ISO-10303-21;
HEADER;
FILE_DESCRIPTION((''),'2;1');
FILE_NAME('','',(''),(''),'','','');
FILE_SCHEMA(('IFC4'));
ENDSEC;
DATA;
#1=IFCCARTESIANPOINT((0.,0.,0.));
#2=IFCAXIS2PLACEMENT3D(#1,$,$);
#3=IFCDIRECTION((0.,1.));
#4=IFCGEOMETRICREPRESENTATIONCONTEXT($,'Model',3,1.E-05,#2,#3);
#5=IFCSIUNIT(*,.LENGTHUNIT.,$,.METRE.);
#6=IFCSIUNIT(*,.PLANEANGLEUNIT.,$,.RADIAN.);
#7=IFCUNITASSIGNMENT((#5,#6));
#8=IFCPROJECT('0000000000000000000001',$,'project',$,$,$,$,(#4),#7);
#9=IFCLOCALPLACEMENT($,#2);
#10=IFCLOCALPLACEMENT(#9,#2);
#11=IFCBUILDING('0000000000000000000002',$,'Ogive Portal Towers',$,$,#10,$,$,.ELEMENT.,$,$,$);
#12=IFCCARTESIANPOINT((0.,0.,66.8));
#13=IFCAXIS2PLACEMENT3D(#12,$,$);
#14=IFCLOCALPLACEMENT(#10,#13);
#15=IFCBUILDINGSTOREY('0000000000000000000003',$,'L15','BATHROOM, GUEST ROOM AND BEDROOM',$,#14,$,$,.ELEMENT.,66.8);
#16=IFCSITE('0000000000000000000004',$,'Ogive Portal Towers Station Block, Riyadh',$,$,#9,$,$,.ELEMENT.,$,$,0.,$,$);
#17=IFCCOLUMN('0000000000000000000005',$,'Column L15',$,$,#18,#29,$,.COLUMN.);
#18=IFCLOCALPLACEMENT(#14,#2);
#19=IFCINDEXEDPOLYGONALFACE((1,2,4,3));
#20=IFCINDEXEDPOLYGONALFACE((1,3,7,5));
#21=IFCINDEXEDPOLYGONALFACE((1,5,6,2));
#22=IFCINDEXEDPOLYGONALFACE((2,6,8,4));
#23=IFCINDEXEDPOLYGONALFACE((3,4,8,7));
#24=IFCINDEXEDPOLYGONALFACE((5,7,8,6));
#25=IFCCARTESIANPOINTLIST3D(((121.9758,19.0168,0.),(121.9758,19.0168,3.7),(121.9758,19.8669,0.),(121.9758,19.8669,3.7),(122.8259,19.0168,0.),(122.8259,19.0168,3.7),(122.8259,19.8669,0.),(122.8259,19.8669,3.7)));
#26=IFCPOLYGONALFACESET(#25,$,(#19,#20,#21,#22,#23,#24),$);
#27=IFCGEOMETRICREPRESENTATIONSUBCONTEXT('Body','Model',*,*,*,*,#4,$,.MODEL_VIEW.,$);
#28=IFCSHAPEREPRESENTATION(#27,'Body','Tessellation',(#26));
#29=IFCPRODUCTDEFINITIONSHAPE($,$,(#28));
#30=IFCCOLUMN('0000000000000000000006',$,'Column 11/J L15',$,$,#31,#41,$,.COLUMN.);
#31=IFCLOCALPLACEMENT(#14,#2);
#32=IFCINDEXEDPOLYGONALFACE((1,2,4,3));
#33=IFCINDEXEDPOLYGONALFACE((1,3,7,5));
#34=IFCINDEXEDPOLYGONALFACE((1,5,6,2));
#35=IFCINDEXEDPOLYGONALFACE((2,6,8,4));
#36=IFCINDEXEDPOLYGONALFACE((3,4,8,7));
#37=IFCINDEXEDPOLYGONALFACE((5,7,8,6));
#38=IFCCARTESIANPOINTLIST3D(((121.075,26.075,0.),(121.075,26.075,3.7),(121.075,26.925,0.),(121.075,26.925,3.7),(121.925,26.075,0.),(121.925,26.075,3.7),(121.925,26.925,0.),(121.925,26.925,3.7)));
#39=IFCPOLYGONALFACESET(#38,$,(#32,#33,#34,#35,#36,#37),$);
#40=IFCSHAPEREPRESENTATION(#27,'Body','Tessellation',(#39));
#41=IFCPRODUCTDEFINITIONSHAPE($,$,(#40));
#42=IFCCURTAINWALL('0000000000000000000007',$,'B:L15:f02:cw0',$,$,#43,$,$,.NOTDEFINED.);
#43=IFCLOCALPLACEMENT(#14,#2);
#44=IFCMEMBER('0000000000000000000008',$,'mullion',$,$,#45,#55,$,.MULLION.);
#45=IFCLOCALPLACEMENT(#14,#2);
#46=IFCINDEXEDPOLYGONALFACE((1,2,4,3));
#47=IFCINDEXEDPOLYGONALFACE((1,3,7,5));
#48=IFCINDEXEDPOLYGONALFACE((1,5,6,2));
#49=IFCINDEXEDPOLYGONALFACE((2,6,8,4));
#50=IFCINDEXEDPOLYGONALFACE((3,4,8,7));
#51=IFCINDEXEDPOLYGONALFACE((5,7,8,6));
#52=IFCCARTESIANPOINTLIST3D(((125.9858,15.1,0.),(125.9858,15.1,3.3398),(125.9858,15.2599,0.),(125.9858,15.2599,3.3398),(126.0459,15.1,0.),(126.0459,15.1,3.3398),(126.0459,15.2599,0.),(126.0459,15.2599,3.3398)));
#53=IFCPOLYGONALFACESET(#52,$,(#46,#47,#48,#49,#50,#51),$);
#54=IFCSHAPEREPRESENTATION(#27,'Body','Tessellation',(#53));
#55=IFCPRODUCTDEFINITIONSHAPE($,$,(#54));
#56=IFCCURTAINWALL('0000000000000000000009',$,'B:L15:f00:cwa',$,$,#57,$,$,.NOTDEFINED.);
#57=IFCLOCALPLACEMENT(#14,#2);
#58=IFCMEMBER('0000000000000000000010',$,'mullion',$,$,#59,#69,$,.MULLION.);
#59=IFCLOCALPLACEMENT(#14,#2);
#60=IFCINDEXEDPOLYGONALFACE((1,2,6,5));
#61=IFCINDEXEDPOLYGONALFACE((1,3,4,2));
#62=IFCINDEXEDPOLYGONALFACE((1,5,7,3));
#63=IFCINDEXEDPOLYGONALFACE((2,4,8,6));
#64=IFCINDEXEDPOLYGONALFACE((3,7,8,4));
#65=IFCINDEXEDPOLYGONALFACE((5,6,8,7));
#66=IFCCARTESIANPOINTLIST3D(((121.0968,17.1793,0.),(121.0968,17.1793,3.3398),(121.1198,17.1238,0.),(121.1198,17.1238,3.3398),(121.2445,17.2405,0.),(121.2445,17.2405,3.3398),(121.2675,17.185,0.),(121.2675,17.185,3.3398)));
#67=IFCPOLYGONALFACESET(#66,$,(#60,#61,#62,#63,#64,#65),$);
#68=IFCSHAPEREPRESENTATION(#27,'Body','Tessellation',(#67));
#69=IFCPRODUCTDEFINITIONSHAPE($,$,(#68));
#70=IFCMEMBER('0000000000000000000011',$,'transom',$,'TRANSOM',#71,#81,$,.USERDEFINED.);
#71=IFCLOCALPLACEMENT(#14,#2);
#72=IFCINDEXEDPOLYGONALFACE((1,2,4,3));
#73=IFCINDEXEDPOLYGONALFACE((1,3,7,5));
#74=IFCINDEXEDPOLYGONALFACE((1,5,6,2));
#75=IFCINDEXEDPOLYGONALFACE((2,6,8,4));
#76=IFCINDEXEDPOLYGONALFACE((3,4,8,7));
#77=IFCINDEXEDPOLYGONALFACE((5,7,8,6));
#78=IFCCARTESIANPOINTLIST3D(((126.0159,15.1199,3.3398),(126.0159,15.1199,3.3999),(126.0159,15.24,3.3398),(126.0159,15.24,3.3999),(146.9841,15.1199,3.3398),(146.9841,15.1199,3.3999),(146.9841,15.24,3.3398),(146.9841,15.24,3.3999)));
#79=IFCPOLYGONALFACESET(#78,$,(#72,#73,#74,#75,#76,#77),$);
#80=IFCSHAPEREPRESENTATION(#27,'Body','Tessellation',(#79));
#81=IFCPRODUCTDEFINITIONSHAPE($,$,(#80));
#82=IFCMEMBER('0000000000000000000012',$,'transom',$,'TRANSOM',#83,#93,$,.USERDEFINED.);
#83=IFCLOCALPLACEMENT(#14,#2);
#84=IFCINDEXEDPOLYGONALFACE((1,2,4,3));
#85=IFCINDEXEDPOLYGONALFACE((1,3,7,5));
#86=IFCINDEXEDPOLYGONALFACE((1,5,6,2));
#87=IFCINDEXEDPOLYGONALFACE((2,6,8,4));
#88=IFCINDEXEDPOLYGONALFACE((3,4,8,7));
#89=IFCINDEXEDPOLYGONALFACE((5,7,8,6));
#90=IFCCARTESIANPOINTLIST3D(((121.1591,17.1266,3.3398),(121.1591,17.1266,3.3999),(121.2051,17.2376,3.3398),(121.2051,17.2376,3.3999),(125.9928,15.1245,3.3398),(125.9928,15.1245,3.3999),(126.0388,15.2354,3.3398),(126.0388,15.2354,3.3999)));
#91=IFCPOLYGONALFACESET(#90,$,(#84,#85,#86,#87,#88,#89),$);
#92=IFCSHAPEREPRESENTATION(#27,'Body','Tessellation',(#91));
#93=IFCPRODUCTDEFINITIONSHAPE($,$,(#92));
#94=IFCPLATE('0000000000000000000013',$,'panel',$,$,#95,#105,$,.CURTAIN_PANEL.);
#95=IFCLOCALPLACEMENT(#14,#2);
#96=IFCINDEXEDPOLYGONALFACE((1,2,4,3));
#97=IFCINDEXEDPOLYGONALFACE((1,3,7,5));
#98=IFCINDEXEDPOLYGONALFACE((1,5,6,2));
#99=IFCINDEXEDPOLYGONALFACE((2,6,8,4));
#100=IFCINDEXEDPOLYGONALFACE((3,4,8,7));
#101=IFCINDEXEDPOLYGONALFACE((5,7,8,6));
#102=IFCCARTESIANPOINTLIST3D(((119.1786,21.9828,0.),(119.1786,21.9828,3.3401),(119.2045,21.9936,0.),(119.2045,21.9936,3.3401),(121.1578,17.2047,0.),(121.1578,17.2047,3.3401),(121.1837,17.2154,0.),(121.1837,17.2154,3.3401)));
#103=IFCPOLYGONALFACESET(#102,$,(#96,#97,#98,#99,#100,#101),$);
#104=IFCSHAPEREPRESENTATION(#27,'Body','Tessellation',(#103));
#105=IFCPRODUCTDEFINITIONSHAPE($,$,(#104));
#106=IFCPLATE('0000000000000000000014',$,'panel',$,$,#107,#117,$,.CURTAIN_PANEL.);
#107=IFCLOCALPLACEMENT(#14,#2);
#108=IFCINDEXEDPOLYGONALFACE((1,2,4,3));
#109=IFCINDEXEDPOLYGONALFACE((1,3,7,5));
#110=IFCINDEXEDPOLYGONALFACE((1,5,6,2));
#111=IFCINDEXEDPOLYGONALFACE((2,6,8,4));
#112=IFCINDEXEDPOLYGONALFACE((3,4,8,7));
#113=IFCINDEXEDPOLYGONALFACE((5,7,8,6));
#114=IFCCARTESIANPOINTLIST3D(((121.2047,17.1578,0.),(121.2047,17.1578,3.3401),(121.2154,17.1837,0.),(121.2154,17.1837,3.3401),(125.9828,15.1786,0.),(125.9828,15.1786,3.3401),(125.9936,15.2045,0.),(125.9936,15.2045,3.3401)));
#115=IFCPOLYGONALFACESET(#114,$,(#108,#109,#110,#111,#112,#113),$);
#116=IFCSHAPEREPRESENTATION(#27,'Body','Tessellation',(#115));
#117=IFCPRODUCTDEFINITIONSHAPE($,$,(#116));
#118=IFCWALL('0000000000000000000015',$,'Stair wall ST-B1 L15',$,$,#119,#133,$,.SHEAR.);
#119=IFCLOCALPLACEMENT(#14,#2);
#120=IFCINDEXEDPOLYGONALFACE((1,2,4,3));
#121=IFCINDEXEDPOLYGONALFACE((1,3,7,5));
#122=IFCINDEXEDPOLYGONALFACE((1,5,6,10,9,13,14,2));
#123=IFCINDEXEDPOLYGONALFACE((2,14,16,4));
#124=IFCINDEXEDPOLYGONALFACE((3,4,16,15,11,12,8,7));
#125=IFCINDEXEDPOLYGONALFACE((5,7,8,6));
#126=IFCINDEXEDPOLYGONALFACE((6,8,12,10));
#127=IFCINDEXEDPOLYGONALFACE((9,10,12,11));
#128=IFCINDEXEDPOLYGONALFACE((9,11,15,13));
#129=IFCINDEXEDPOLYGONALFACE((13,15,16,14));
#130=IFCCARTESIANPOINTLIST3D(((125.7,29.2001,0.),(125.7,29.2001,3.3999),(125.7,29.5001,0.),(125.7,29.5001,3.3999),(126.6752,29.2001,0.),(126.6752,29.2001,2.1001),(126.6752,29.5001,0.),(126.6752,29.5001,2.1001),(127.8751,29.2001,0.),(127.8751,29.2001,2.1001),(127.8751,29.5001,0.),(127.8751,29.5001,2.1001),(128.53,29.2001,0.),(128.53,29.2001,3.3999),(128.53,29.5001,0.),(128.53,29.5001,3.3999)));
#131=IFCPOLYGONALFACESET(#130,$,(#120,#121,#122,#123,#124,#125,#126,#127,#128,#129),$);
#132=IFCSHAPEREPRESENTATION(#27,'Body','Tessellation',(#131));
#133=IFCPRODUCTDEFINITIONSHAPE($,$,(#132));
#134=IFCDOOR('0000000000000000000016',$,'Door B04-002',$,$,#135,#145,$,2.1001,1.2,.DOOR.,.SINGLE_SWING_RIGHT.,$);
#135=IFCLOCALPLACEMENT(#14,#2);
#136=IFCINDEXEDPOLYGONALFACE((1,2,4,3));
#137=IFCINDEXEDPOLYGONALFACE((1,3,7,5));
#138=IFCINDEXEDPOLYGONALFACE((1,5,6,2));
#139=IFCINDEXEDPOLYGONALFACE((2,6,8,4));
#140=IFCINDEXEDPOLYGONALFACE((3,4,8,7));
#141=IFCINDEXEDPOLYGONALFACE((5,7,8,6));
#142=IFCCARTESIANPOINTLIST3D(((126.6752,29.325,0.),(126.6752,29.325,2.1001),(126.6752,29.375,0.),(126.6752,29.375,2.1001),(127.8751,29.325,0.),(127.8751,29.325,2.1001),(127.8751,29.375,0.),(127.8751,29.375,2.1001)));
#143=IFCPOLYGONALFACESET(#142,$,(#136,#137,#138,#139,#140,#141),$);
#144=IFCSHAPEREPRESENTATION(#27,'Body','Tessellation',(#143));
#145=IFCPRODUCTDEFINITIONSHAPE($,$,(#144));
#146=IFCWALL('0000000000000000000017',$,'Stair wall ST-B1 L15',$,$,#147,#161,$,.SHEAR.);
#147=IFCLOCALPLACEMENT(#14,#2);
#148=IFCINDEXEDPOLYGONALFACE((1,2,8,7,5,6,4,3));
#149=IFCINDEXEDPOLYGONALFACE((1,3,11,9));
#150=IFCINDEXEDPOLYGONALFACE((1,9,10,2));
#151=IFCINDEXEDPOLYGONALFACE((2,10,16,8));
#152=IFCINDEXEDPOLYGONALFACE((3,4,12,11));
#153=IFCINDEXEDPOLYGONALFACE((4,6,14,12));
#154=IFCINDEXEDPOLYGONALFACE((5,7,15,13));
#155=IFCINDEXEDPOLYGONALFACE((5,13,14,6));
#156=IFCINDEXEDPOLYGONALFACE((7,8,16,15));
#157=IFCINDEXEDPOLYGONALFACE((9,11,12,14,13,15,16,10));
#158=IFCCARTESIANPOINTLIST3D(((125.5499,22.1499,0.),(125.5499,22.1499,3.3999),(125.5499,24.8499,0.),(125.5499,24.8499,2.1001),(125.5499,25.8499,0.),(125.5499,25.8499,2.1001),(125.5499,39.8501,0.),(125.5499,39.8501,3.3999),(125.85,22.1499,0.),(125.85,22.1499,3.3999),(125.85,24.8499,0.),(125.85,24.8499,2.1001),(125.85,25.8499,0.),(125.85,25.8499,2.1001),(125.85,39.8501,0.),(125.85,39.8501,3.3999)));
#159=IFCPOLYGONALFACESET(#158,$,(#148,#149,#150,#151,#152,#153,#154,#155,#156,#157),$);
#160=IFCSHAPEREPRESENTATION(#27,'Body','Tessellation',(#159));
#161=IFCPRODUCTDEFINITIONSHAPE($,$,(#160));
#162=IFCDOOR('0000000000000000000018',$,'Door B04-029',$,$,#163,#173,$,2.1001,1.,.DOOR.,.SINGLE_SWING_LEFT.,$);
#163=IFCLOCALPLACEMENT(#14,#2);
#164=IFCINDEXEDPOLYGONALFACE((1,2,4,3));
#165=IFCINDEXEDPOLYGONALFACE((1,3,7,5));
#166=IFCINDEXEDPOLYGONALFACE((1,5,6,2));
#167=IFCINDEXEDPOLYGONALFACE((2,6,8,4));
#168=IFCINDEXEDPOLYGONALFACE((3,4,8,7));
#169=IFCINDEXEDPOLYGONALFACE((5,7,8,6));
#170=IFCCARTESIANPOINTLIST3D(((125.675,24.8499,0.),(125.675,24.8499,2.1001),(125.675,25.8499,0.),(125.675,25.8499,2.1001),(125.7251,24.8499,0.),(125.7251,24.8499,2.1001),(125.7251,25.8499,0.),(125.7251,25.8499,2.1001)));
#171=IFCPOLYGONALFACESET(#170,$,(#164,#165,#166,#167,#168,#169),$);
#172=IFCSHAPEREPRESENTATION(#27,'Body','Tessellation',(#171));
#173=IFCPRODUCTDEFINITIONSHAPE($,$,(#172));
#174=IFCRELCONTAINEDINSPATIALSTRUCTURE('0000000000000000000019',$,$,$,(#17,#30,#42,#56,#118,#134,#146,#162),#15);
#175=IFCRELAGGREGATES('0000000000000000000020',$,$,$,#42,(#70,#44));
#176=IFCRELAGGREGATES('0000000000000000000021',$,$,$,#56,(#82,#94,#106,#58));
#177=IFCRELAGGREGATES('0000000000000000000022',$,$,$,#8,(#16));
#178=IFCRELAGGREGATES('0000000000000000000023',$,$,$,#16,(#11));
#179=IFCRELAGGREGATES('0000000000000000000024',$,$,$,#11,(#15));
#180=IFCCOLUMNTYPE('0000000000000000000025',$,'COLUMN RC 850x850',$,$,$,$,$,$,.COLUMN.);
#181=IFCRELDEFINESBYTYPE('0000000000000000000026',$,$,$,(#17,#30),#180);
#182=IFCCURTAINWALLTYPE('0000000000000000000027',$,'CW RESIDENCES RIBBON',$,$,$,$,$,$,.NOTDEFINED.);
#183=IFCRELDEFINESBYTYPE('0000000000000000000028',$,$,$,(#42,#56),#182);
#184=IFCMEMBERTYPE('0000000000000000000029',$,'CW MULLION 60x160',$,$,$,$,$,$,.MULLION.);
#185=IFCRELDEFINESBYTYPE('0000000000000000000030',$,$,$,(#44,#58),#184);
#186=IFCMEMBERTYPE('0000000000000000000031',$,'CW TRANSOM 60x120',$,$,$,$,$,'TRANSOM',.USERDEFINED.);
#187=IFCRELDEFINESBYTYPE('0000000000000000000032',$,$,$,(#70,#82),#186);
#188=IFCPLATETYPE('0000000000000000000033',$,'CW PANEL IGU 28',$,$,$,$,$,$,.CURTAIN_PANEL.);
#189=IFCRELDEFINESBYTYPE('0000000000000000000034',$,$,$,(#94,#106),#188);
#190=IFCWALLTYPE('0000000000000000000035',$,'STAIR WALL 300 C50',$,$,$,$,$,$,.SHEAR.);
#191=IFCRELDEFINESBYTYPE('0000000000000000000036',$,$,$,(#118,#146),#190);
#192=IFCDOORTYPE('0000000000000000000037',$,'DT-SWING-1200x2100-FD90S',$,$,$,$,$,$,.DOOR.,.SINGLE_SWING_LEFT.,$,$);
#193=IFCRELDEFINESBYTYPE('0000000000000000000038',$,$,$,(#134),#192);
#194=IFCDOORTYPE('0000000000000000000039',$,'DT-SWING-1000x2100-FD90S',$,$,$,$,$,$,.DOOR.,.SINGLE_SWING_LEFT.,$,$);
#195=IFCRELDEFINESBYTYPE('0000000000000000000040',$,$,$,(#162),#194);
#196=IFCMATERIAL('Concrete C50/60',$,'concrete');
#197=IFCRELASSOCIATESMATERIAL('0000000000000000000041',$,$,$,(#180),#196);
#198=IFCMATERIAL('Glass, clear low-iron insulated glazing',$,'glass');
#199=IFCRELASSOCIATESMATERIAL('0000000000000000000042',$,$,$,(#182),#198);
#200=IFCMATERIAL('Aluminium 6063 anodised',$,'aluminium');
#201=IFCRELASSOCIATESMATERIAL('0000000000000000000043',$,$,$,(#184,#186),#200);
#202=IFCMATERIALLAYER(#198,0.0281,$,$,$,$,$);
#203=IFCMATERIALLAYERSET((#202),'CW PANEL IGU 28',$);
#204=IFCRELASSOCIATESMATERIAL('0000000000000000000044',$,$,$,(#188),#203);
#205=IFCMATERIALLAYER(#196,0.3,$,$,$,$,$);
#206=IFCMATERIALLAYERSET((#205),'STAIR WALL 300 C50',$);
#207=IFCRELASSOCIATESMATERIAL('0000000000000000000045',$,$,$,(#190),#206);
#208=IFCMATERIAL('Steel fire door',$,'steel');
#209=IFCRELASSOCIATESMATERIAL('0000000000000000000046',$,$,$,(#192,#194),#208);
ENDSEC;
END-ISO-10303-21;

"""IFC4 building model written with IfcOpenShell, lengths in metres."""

from ifc_helpers import new_model, si_unit, direction, frame, frame_2d, origin, origin_2d, place, context, subcontext, project, spatial, rectangle, extrude, material, layer, layer_set, material_profile, profile_set, type_object, element, fill, aggregate, save


model = new_model("IFC4")

# Units and contexts
model_context = context("Model", 3, precision=1e-05, world=origin(), true_north=direction((0.0, 1.0)))
body_context = subcontext(model_context, "Body", "Model", "MODEL_VIEW")
ifc_project = project(units=[si_unit("LENGTHUNIT", "METRE"), si_unit("PLANEANGLEUNIT", "RADIAN")], contexts=[model_context])

# Site, building, storey
site_placement = place(None, origin())
site = spatial("IfcSite", under=ifc_project, at=site_placement, Name="Ogive Portal Towers Station Block, Riyadh", CompositionType="ELEMENT", RefElevation=0.0)
building_placement = place(site_placement, origin())
building = spatial("IfcBuilding", under=site, at=building_placement, Name="Ogive Portal Towers", CompositionType="ELEMENT")
storey_placement = place(building_placement, frame((0.0, 0.0, 66.8)))
storey = spatial("IfcBuildingStorey", under=building, at=storey_placement, Name="L15", Description="BATHROOM, GUEST ROOM AND BEDROOM", CompositionType="ELEMENT", Elevation=66.8)

# Columns
ifc_material_1 = material(Name="Concrete C50/60", Category="concrete")
ifc_material_profile_1 = material_profile(ifc_material_1, rectangle(XDim=0.8501, YDim=0.8501, at=origin_2d()), Name="RC 850x850")
ifc_profile_set_1 = profile_set([ifc_material_profile_1], Name="Concrete C50/60")
column_type = type_object("IfcColumnType", Name="COLUMN RC 850x850", PredefinedType="COLUMN", material=ifc_profile_set_1)
for number, where, z_axis, x_axis, name in (
    (1, (122.4009, 19.4419, 0.0), (0.0, 0.0, 1.0), (1.0, 0.0, 0.0), "Column L15"),
    (2, (121.5, 26.5, 0.0), (0.0, 0.0, 1.0), (1.0, 0.0, 0.0), "Column 11/J L15"),
):
    element("IfcColumn", number, at=place(storey_placement, frame(where, z_axis=z_axis, x_axis=x_axis)), inside=storey, type_object=column_type, Name=name, PredefinedType="COLUMN", context=body_context, shape_type="SweptSolid", body=[
        extrude(rectangle(XDim=0.8501, YDim=0.8501, at=origin_2d()), origin(), (0.0, 0.0, 1.0), 3.7),
    ])

# Curtain walls, members
ifc_material_2 = material(Name="Glass, clear low-iron insulated glazing", Category="glass")
curtain_wall_type = type_object("IfcCurtainWallType", Name="CW RESIDENCES RIBBON", PredefinedType="NOTDEFINED", material=ifc_material_2)
curtain_wall_1_placement = place(storey_placement, origin())
curtain_wall_1 = element("IfcCurtainWall", 3, at=curtain_wall_1_placement, inside=storey, type_object=curtain_wall_type, Name="B:L15:f02:cw0", PredefinedType="NOTDEFINED")
ifc_material_3 = material(Name="Aluminium 6063 anodised", Category="aluminium")
ifc_material_profile_2 = material_profile(ifc_material_3, rectangle(XDim=0.1599, YDim=0.0601, at=origin_2d()), Name="AL 60x160")
ifc_profile_set_2 = profile_set([ifc_material_profile_2], Name="Aluminium 6063 anodised")
member_type_1 = type_object("IfcMemberType", Name="CW MULLION 60x160", PredefinedType="MULLION", material=ifc_profile_set_2)
member_1_placement = place(storey_placement, frame((126.0159, 15.1799, 0.0), z_axis=(0.0, 0.0, 1.0), x_axis=(0.0, 1.0, 0.0)))
member_1 = element("IfcMember", 4, at=member_1_placement, type_object=member_type_1, Name="mullion", PredefinedType="MULLION", context=body_context, shape_type="SweptSolid", body=[
    extrude(rectangle(XDim=0.1599, YDim=0.0601, at=origin_2d()), origin(), (0.0, 0.0, 1.0), 3.3398),
])
curtain_wall_2_placement = place(storey_placement, origin())
curtain_wall_2 = element("IfcCurtainWall", 5, at=curtain_wall_2_placement, inside=storey, type_object=curtain_wall_type, Name="B:L15:f00:cwa", PredefinedType="NOTDEFINED")
member_2_placement = place(storey_placement, frame((121.1821, 17.1821, 0.0), z_axis=(0.0, 0.0, 1.0), x_axis=(0.92388, 0.382683, 0.0)))
member_2 = element("IfcMember", 6, at=member_2_placement, type_object=member_type_1, Name="mullion", PredefinedType="MULLION", context=body_context, shape_type="SweptSolid", body=[
    extrude(rectangle(XDim=0.1599, YDim=0.0601, at=origin_2d()), origin(), (0.0, 0.0, 1.0), 3.3398),
])

# Members
ifc_material_profile_3 = material_profile(ifc_material_3, rectangle(XDim=0.1201, YDim=0.0601, at=origin_2d()), Name="AL 120x60")
ifc_profile_set_3 = profile_set([ifc_material_profile_3], Name="Aluminium 6063 anodised")
member_type_2 = type_object("IfcMemberType", Name="CW TRANSOM 60x120", ElementType="TRANSOM", PredefinedType="USERDEFINED", material=ifc_profile_set_3)
member_3_placement = place(storey_placement, frame((126.0159, 15.1799, 3.3699), z_axis=(1.0, 0.0, 0.0), x_axis=(0.0, 1.0, 0.0)))
member_3 = element("IfcMember", 7, at=member_3_placement, type_object=member_type_2, Name="transom", ObjectType="TRANSOM", PredefinedType="USERDEFINED", context=body_context, shape_type="SweptSolid", body=[
    extrude(rectangle(XDim=0.1201, YDim=0.0601, at=origin_2d()), origin(), (0.0, 0.0, 1.0), 20.9683),
])
aggregate(curtain_wall_1, [member_3, member_1])
member_4_placement = place(storey_placement, frame((121.1821, 17.1821, 3.3699), z_axis=(0.92388, -0.382683, 0.0), x_axis=(0.382683, 0.92388, 0.0)))
member_4 = element("IfcMember", 8, at=member_4_placement, type_object=member_type_2, Name="transom", ObjectType="TRANSOM", PredefinedType="USERDEFINED", context=body_context, shape_type="SweptSolid", body=[
    extrude(rectangle(XDim=0.1201, YDim=0.0601, at=origin_2d()), origin(), (0.0, 0.0, 1.0), 5.2319),
])

# Plates
ifc_layer_1 = layer(ifc_material_2, 0.0281)
ifc_layer_set_1 = layer_set([ifc_layer_1], Name="CW PANEL IGU 28")
plate_type = type_object("IfcPlateType", Name="CW PANEL IGU 28", PredefinedType="CURTAIN_PANEL", material=ifc_layer_set_1)
plate_1_placement = place(storey_placement, frame((120.1812, 19.5991, 0.0), z_axis=(0.0, 0.0, 1.0), x_axis=(0.382683, -0.92388, 0.0)))
plate_1 = element("IfcPlate", 9, at=plate_1_placement, type_object=plate_type, Name="panel", PredefinedType="CURTAIN_PANEL", context=body_context, shape_type="SweptSolid", body=[
    extrude(rectangle(XDim=5.1719, YDim=0.0281, at=origin_2d()), origin(), (0.0, 0.0, 1.0), 3.3401),
])
plate_2_placement = place(storey_placement, frame((123.5991, 16.1812, 0.0), z_axis=(0.0, 0.0, 1.0), x_axis=(0.92388, -0.382683, 0.0)))
plate_2 = element("IfcPlate", 10, at=plate_2_placement, type_object=plate_type, Name="panel", PredefinedType="CURTAIN_PANEL", context=body_context, shape_type="SweptSolid", body=[
    extrude(rectangle(XDim=5.1719, YDim=0.0281, at=origin_2d()), origin(), (0.0, 0.0, 1.0), 3.3401),
])
aggregate(curtain_wall_2, [member_4, plate_1, plate_2, member_2])

# Walls, openings, doors
ifc_layer_2 = layer(ifc_material_1, 0.3)
ifc_layer_set_2 = layer_set([ifc_layer_2], Name="STAIR WALL 300 C50")
wall_type_1 = type_object("IfcWallType", Name="STAIR WALL 300 C50", PredefinedType="SHEAR", material=ifc_layer_set_2)
wall_1_placement = place(storey_placement, frame((125.7, 29.3501, 0.0), z_axis=(0.0, 0.0, 1.0), x_axis=(1.0, 0.0, 0.0)))
wall_1 = element("IfcWall", 11, at=wall_1_placement, inside=storey, type_object=wall_type_1, Name="Stair wall ST-B1 L15", PredefinedType="SHEAR", context=body_context, shape_type="SweptSolid", body=[
    extrude(rectangle(XDim=2.8301, YDim=0.3, at=frame_2d((1.415, 0.0))), origin(), (0.0, 0.0, 1.0), 3.3999),
])
opening_1_placement = place(wall_1_placement, frame((0.9751, 0.0, 0.0)))
opening_1 = element("IfcOpeningElement", 12, at=opening_1_placement, cuts=wall_1, PredefinedType="OPENING", context=body_context, shape_type="SweptSolid", body=[
    extrude(rectangle(XDim=1.2, YDim=2.1001, at=frame_2d((0.6001, 1.05))), frame((0.0, 0.1602, 0.0), z_axis=(0.0, -1.0, 0.0), x_axis=(1.0, 0.0, 0.0)), (0.0, 0.0, 1.0), 0.3201),
])
ifc_material_4 = material(Name="Steel fire door", Category="steel")
door_type_1 = type_object("IfcDoorType", Name="DT-SWING-1200x2100-FD90S", OperationType="SINGLE_SWING_LEFT", PredefinedType="DOOR", material=ifc_material_4)
door_1_placement = place(opening_1_placement, origin())
door_1 = element("IfcDoor", 13, at=door_1_placement, inside=storey, type_object=door_type_1, Name="Door B04-002", OperationType="SINGLE_SWING_RIGHT", OverallHeight=2.1001, OverallWidth=1.2, PredefinedType="DOOR", context=body_context, shape_type="SweptSolid", body=[
    extrude(rectangle(XDim=1.2, YDim=2.1001, at=frame_2d((0.6001, 1.05))), frame((0.0, 0.0249, 0.0), z_axis=(0.0, -1.0, 0.0), x_axis=(1.0, 0.0, 0.0)), (0.0, 0.0, 1.0), 0.05),
])
fill(opening_1, door_1)
wall_2_placement = place(storey_placement, frame((125.7, 22.1499, 0.0), z_axis=(0.0, 0.0, 1.0), x_axis=(0.0, 1.0, 0.0)))
wall_2 = element("IfcWall", 14, at=wall_2_placement, inside=storey, type_object=wall_type_1, Name="Stair wall ST-B1 L15", PredefinedType="SHEAR", context=body_context, shape_type="SweptSolid", body=[
    extrude(rectangle(XDim=17.7002, YDim=0.3, at=frame_2d((8.8501, 0.0))), origin(), (0.0, 0.0, 1.0), 3.3999),
])
opening_2_placement = place(wall_2_placement, frame((2.7, 0.0, 0.0)))
opening_2 = element("IfcOpeningElement", 15, at=opening_2_placement, cuts=wall_2, PredefinedType="OPENING", context=body_context, shape_type="SweptSolid", body=[
    extrude(rectangle(XDim=1.0, YDim=2.1001, at=frame_2d((0.5, 1.05))), frame((0.0, 0.1602, 0.0), z_axis=(0.0, -1.0, 0.0), x_axis=(1.0, 0.0, 0.0)), (0.0, 0.0, 1.0), 0.3201),
])
door_type_2 = type_object("IfcDoorType", Name="DT-SWING-1000x2100-FD90S", OperationType="SINGLE_SWING_LEFT", PredefinedType="DOOR", material=ifc_material_4)
door_2_placement = place(opening_2_placement, origin())
door_2 = element("IfcDoor", 16, at=door_2_placement, inside=storey, type_object=door_type_2, Name="Door B04-029", OperationType="SINGLE_SWING_LEFT", OverallHeight=2.1001, OverallWidth=1.0, PredefinedType="DOOR", context=body_context, shape_type="SweptSolid", body=[
    extrude(rectangle(XDim=1.0, YDim=2.1001, at=frame_2d((0.5, 1.05))), frame((0.0, 0.0249, 0.0), z_axis=(0.0, -1.0, 0.0), x_axis=(1.0, 0.0, 0.0)), (0.0, 0.0, 1.0), 0.05),
])
fill(opening_2, door_2)

save(model, "model.ifc")
